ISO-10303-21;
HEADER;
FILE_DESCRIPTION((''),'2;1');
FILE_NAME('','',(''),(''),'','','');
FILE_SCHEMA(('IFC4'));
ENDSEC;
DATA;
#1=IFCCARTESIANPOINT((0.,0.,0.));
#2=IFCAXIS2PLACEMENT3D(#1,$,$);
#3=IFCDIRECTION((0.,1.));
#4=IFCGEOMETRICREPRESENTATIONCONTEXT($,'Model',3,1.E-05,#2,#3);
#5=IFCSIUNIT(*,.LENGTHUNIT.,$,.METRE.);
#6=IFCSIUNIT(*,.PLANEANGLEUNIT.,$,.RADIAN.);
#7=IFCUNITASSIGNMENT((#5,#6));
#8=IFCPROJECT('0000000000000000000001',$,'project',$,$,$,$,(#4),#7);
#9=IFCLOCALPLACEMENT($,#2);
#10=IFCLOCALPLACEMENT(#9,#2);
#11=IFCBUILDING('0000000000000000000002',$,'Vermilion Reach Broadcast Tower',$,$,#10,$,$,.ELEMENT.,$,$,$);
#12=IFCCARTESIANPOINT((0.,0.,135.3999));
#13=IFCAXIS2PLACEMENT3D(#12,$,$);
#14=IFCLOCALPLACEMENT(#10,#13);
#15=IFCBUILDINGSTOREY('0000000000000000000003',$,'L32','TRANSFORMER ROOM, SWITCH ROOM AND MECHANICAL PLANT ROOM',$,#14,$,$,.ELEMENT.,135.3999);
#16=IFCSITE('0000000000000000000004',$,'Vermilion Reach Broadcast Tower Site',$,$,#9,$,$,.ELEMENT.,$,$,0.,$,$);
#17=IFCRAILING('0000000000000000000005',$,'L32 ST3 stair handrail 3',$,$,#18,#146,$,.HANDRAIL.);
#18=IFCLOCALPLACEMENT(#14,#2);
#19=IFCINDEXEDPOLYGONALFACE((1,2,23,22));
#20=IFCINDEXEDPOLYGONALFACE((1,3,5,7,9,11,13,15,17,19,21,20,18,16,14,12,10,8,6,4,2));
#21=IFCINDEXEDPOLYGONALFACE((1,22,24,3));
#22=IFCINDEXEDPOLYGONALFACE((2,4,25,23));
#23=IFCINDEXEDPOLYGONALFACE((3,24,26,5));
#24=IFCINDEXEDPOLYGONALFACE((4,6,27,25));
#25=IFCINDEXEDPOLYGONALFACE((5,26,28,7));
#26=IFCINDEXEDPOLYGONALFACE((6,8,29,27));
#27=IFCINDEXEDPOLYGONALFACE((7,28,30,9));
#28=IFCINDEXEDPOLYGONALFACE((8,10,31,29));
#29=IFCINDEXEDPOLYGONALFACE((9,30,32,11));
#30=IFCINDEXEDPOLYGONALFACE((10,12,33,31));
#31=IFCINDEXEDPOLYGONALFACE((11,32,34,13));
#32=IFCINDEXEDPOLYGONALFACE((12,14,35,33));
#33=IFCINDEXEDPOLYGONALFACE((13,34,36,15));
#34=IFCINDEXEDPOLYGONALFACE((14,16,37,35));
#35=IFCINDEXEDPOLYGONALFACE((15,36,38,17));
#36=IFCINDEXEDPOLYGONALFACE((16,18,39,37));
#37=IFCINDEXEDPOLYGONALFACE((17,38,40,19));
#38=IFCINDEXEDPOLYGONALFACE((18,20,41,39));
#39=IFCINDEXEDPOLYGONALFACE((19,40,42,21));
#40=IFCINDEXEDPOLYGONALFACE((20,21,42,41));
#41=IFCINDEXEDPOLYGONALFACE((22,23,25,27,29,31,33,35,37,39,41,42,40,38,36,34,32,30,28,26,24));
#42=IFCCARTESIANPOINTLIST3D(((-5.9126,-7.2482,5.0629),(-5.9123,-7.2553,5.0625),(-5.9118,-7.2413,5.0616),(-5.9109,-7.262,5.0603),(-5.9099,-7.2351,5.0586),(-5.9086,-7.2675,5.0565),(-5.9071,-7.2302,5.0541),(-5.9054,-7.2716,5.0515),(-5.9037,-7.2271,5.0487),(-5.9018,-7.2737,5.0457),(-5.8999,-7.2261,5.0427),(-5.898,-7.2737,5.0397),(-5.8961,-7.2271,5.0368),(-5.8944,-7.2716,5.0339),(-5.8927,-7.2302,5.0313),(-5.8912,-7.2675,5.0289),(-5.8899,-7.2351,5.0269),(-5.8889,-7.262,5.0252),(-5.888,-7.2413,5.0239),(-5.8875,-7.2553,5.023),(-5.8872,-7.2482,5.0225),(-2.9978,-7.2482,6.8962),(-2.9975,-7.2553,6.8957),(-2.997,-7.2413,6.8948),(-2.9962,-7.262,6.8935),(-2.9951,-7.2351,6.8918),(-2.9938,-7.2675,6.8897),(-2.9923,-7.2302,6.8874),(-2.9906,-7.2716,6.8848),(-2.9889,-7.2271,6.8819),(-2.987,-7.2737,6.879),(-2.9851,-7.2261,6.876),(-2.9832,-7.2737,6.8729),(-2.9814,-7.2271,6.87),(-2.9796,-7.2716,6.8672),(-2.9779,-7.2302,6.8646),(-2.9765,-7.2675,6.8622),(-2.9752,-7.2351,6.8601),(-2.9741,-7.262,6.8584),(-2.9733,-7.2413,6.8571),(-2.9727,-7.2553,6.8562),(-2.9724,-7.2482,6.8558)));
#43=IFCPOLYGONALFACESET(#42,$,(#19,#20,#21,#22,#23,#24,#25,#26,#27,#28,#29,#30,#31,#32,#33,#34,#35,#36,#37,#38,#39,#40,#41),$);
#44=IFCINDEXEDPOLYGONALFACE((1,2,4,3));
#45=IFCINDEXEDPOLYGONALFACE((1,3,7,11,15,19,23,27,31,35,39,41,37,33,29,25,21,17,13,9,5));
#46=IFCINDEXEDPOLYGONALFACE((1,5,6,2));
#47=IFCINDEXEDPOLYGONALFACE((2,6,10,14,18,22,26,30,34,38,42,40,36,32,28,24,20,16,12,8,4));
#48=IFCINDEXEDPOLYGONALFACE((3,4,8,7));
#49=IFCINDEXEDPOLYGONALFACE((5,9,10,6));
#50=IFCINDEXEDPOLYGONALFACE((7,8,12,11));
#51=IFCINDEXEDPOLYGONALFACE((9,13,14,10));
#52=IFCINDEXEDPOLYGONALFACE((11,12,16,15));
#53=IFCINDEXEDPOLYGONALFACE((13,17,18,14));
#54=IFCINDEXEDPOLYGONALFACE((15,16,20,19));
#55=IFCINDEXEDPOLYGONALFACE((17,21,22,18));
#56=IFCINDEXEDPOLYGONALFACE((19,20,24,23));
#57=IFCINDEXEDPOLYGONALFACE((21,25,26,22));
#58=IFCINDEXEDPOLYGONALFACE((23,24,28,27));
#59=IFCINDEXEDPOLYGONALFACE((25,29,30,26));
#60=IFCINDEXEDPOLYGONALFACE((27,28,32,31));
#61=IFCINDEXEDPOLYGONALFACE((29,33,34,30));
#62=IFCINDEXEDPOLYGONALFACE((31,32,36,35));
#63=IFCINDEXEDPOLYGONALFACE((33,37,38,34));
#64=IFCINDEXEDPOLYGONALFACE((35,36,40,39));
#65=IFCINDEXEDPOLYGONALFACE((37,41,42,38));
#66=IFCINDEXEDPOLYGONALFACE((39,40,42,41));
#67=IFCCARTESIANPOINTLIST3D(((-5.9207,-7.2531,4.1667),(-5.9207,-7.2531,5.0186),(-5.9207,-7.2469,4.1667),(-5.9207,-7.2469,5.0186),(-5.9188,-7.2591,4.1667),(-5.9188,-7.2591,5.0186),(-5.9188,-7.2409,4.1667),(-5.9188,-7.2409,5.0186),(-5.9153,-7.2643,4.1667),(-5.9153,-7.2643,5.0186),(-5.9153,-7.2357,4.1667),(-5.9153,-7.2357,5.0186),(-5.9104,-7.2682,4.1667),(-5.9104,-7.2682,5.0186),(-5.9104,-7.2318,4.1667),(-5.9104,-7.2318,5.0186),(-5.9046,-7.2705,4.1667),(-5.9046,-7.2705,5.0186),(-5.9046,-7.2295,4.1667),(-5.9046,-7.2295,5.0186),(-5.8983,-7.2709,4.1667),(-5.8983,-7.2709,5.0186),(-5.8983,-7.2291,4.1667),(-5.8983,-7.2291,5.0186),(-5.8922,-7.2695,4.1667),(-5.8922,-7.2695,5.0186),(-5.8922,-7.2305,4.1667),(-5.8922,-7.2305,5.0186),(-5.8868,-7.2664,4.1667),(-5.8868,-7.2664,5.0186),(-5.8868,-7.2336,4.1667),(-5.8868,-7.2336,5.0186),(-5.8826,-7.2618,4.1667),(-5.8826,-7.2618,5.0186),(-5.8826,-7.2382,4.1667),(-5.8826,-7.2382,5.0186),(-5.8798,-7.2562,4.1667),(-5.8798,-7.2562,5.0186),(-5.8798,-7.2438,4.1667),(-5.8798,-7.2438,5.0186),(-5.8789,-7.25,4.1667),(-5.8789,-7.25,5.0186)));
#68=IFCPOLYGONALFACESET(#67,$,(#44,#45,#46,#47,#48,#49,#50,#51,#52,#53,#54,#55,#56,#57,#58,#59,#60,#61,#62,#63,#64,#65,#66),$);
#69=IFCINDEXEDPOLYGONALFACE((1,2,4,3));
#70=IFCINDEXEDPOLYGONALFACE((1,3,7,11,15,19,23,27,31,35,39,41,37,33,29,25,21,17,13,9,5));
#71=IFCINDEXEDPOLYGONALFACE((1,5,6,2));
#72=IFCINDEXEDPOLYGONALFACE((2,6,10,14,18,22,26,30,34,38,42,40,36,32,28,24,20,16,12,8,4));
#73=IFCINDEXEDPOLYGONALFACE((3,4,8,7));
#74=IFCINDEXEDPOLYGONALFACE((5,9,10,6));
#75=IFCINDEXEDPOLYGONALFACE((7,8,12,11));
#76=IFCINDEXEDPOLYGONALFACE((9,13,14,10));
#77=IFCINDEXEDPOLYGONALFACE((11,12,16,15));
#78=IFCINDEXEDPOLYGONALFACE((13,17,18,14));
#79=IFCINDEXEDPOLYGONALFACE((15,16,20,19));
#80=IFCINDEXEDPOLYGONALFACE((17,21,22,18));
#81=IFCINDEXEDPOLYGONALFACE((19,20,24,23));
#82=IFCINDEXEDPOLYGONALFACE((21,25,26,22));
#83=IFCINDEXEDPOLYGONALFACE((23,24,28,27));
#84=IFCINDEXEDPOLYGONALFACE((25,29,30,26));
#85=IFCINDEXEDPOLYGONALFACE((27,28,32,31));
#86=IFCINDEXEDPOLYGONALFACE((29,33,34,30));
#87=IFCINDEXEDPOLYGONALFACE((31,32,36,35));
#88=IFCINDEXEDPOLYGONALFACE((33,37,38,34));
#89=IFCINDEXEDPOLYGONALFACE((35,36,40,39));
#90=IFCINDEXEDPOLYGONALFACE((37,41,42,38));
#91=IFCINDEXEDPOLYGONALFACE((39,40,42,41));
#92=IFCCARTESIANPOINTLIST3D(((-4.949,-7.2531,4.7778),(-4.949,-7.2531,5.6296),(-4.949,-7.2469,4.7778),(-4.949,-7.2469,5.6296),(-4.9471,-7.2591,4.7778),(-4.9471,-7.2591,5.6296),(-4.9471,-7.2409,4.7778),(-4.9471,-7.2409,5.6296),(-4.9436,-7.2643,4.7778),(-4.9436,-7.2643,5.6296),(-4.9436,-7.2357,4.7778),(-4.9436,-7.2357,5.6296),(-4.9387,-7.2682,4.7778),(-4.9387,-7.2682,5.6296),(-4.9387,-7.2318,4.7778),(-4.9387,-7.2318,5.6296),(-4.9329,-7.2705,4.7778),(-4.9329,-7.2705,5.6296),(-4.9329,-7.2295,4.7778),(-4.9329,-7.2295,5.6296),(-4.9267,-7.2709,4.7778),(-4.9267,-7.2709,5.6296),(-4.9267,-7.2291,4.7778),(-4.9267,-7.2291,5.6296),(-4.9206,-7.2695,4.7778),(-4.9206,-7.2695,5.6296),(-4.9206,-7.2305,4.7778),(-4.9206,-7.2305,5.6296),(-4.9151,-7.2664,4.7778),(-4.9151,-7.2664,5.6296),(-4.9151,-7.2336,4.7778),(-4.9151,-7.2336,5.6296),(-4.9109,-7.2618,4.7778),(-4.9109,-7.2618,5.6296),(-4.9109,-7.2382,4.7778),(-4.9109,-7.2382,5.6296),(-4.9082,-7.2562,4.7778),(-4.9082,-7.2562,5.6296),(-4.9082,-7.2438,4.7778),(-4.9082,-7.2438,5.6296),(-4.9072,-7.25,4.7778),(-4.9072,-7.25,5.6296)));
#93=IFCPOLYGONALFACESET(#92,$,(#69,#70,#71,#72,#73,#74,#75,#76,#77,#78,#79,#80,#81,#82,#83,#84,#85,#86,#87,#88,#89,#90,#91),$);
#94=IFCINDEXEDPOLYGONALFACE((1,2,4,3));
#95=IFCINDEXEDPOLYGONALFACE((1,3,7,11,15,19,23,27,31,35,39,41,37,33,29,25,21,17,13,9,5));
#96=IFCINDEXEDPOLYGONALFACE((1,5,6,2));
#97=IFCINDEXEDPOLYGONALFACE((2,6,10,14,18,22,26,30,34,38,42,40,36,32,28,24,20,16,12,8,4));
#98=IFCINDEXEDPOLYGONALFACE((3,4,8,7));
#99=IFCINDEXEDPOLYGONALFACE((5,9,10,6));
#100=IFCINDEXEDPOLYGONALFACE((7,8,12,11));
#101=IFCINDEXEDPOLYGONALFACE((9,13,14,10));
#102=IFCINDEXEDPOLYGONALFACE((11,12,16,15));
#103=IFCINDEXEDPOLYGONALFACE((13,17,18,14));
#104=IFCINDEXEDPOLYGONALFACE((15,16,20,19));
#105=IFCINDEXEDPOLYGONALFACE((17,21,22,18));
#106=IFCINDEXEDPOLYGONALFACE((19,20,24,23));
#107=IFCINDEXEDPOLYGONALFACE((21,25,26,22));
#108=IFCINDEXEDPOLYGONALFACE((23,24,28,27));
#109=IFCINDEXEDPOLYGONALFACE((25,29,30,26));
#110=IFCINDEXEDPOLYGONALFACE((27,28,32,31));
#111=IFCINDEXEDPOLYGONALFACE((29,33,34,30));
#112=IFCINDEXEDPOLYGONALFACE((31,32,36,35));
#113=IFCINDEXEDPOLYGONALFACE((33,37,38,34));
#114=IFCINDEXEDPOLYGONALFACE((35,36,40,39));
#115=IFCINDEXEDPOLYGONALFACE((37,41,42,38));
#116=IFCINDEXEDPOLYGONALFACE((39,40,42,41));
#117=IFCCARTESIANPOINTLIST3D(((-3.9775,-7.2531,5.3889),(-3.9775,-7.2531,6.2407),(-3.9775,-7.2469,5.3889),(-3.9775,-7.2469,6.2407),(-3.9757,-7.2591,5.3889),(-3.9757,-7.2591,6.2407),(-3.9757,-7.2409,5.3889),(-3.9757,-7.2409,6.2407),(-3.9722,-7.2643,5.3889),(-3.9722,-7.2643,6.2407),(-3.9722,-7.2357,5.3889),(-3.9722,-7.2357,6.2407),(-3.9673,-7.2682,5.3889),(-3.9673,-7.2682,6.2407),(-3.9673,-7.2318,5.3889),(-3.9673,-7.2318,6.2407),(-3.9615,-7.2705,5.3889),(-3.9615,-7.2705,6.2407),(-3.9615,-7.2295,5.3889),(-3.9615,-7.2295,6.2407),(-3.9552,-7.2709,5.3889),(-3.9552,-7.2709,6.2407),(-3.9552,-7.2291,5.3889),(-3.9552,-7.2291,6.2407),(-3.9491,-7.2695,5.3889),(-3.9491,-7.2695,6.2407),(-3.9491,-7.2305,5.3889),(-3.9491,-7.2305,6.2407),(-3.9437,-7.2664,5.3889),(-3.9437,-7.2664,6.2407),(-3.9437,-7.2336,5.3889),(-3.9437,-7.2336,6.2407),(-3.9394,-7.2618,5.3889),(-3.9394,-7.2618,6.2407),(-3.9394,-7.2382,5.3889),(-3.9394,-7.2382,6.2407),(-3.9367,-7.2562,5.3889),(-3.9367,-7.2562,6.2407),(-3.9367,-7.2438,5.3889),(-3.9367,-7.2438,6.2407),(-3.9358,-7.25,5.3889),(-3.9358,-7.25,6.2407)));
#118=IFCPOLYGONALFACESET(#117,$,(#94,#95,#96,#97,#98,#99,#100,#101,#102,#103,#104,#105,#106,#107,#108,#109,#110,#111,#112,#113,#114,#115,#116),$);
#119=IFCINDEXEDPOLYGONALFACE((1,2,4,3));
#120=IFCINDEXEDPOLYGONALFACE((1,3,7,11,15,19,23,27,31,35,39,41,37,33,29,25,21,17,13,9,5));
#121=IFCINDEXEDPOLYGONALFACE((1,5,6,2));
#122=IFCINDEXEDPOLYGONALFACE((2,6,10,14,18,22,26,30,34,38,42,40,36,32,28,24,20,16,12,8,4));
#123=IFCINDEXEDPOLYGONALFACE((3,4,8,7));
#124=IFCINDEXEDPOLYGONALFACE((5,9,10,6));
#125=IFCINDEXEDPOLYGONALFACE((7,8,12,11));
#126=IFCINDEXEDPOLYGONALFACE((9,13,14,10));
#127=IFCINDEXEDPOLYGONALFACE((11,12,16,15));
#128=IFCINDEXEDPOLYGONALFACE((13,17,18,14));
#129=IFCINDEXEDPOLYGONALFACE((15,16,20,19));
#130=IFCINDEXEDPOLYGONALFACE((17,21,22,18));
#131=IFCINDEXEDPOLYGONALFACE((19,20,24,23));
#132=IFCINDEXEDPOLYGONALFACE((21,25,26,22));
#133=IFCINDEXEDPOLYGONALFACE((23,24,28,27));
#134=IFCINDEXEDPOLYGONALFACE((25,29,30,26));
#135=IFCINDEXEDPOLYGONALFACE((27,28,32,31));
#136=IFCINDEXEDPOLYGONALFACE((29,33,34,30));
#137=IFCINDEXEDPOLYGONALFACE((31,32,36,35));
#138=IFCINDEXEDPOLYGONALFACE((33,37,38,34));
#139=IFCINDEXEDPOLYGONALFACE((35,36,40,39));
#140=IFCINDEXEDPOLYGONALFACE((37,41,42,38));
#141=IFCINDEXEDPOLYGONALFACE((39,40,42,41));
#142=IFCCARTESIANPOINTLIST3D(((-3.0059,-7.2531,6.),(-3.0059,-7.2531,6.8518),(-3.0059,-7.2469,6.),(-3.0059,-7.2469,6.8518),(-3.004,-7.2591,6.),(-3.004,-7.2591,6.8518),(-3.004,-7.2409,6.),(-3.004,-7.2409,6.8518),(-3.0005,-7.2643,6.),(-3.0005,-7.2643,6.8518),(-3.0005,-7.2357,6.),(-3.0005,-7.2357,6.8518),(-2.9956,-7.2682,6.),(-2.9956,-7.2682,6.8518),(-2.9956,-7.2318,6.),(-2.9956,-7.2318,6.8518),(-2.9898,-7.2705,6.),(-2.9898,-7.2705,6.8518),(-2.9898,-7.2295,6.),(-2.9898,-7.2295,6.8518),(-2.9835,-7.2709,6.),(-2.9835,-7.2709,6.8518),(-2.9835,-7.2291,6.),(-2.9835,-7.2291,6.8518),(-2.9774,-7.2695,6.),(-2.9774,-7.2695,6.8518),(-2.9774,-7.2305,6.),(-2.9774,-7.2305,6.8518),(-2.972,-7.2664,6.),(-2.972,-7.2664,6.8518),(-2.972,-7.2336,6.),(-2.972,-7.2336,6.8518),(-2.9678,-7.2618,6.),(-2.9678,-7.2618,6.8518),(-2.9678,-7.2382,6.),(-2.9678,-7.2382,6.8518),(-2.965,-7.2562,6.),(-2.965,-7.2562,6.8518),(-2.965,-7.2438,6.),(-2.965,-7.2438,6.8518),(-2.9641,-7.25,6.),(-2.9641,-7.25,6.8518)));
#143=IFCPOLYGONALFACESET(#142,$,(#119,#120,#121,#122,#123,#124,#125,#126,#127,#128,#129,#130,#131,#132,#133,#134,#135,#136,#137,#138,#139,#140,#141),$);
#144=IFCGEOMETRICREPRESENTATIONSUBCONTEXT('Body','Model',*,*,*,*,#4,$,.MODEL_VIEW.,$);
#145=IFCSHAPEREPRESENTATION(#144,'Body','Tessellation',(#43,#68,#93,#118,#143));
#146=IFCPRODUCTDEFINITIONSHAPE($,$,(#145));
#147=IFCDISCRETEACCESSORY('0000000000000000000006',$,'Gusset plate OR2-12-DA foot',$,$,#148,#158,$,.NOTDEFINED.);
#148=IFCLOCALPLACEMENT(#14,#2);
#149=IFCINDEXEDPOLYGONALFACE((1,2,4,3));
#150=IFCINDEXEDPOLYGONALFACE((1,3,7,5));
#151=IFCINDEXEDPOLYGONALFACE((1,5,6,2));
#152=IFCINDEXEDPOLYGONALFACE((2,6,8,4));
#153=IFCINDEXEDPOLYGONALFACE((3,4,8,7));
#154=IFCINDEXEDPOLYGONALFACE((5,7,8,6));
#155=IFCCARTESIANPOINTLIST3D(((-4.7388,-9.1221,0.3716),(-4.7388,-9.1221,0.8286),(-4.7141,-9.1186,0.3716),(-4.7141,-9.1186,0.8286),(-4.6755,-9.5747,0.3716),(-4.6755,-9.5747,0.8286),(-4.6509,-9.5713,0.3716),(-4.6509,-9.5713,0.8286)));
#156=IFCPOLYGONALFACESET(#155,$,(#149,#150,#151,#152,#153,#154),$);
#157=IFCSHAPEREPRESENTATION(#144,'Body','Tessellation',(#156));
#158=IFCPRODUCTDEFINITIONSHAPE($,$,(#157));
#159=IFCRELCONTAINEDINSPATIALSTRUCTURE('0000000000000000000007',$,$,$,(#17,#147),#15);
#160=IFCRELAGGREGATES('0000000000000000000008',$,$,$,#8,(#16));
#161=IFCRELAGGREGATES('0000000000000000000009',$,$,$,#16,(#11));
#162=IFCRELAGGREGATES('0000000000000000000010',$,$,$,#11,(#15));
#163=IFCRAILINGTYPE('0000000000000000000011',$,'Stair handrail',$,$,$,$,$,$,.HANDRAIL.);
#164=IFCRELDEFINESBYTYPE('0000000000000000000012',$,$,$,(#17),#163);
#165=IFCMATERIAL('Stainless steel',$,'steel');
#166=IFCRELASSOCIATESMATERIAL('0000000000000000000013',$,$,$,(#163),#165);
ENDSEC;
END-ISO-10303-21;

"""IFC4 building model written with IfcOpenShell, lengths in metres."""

from ifc_helpers import new_model, si_unit, direction, frame, origin, origin_2d, place, context, subcontext, project, spatial, rectangle, circle, extrude, material, type_object, element, save


model = new_model("IFC4")

# Units and contexts
model_context = context("Model", 3, precision=1e-05, world=origin(), true_north=direction((0.0, 1.0)))
body_context = subcontext(model_context, "Body", "Model", "MODEL_VIEW")
ifc_project = project(units=[si_unit("LENGTHUNIT", "METRE"), si_unit("PLANEANGLEUNIT", "RADIAN")], contexts=[model_context])

# Site, building, storey
site_placement = place(None, origin())
site = spatial("IfcSite", under=ifc_project, at=site_placement, Name="Vermilion Reach Broadcast Tower Site", CompositionType="ELEMENT", RefElevation=0.0)
building_placement = place(site_placement, origin())
building = spatial("IfcBuilding", under=site, at=building_placement, Name="Vermilion Reach Broadcast Tower", CompositionType="ELEMENT")
storey_placement = place(building_placement, frame((0.0, 0.0, 135.3999)))
storey = spatial("IfcBuildingStorey", under=building, at=storey_placement, Name="L32", Description="TRANSFORMER ROOM, SWITCH ROOM AND MECHANICAL PLANT ROOM", CompositionType="ELEMENT", Elevation=135.3999)

# Railing
ifc_material_1 = material(Name="Stainless steel", Category="steel")
railing_type_1 = type_object("IfcRailingType", Name="Stair handrail", PredefinedType="HANDRAIL", material=ifc_material_1)
for number, where, name in (
    (1, (-5.8999, -7.25, 4.1667), "L32 ST3 stair handrail 3"),
):
    element("IfcRailing", number, at=place(storey_placement, frame(where)), inside=storey, type_object=railing_type_1, Name=name, PredefinedType="HANDRAIL", context=body_context, shape_type="SweptSolid", body=[
        extrude(circle(Radius=0.0239, at=origin_2d()), frame((0.0, 0.0, 0.876), z_axis=(0.846493, 0.0, 0.532399), x_axis=(0.0, 1.0, 0.0)), (0.0, 0.0, 1.0), 3.4434),
        extrude(circle(Radius=0.021, at=origin_2d()), origin(), (0.0, 0.0, 1.0), 0.8518),
        extrude(circle(Radius=0.021, at=origin_2d()), frame((0.9717, 0.0, 0.6111)), (0.0, 0.0, 1.0), 0.8518),
        extrude(circle(Radius=0.021, at=origin_2d()), frame((1.9431, 0.0, 1.2222)), (0.0, 0.0, 1.0), 0.8518),
        extrude(circle(Radius=0.021, at=origin_2d()), frame((2.9148, 0.0, 1.8333)), (0.0, 0.0, 1.0), 0.8518),
    ])

# Discrete accessory
discrete_accessory_placement = place(storey_placement, frame((-4.6948, -9.3467, 0.3716), z_axis=(0.0, 0.0, 1.0), x_axis=(0.990389, 0.138309, 0.0)))
element("IfcDiscreteAccessory", 2, at=discrete_accessory_placement, inside=storey, Name="Gusset plate OR2-12-DA foot", PredefinedType="NOTDEFINED", context=body_context, shape_type="SweptSolid", body=[
    extrude(rectangle(XDim=0.0249, YDim=0.457, at=origin_2d()), origin(), (0.0, 0.0, 1.0), 0.457),
])

save(model, "model.ifc")
